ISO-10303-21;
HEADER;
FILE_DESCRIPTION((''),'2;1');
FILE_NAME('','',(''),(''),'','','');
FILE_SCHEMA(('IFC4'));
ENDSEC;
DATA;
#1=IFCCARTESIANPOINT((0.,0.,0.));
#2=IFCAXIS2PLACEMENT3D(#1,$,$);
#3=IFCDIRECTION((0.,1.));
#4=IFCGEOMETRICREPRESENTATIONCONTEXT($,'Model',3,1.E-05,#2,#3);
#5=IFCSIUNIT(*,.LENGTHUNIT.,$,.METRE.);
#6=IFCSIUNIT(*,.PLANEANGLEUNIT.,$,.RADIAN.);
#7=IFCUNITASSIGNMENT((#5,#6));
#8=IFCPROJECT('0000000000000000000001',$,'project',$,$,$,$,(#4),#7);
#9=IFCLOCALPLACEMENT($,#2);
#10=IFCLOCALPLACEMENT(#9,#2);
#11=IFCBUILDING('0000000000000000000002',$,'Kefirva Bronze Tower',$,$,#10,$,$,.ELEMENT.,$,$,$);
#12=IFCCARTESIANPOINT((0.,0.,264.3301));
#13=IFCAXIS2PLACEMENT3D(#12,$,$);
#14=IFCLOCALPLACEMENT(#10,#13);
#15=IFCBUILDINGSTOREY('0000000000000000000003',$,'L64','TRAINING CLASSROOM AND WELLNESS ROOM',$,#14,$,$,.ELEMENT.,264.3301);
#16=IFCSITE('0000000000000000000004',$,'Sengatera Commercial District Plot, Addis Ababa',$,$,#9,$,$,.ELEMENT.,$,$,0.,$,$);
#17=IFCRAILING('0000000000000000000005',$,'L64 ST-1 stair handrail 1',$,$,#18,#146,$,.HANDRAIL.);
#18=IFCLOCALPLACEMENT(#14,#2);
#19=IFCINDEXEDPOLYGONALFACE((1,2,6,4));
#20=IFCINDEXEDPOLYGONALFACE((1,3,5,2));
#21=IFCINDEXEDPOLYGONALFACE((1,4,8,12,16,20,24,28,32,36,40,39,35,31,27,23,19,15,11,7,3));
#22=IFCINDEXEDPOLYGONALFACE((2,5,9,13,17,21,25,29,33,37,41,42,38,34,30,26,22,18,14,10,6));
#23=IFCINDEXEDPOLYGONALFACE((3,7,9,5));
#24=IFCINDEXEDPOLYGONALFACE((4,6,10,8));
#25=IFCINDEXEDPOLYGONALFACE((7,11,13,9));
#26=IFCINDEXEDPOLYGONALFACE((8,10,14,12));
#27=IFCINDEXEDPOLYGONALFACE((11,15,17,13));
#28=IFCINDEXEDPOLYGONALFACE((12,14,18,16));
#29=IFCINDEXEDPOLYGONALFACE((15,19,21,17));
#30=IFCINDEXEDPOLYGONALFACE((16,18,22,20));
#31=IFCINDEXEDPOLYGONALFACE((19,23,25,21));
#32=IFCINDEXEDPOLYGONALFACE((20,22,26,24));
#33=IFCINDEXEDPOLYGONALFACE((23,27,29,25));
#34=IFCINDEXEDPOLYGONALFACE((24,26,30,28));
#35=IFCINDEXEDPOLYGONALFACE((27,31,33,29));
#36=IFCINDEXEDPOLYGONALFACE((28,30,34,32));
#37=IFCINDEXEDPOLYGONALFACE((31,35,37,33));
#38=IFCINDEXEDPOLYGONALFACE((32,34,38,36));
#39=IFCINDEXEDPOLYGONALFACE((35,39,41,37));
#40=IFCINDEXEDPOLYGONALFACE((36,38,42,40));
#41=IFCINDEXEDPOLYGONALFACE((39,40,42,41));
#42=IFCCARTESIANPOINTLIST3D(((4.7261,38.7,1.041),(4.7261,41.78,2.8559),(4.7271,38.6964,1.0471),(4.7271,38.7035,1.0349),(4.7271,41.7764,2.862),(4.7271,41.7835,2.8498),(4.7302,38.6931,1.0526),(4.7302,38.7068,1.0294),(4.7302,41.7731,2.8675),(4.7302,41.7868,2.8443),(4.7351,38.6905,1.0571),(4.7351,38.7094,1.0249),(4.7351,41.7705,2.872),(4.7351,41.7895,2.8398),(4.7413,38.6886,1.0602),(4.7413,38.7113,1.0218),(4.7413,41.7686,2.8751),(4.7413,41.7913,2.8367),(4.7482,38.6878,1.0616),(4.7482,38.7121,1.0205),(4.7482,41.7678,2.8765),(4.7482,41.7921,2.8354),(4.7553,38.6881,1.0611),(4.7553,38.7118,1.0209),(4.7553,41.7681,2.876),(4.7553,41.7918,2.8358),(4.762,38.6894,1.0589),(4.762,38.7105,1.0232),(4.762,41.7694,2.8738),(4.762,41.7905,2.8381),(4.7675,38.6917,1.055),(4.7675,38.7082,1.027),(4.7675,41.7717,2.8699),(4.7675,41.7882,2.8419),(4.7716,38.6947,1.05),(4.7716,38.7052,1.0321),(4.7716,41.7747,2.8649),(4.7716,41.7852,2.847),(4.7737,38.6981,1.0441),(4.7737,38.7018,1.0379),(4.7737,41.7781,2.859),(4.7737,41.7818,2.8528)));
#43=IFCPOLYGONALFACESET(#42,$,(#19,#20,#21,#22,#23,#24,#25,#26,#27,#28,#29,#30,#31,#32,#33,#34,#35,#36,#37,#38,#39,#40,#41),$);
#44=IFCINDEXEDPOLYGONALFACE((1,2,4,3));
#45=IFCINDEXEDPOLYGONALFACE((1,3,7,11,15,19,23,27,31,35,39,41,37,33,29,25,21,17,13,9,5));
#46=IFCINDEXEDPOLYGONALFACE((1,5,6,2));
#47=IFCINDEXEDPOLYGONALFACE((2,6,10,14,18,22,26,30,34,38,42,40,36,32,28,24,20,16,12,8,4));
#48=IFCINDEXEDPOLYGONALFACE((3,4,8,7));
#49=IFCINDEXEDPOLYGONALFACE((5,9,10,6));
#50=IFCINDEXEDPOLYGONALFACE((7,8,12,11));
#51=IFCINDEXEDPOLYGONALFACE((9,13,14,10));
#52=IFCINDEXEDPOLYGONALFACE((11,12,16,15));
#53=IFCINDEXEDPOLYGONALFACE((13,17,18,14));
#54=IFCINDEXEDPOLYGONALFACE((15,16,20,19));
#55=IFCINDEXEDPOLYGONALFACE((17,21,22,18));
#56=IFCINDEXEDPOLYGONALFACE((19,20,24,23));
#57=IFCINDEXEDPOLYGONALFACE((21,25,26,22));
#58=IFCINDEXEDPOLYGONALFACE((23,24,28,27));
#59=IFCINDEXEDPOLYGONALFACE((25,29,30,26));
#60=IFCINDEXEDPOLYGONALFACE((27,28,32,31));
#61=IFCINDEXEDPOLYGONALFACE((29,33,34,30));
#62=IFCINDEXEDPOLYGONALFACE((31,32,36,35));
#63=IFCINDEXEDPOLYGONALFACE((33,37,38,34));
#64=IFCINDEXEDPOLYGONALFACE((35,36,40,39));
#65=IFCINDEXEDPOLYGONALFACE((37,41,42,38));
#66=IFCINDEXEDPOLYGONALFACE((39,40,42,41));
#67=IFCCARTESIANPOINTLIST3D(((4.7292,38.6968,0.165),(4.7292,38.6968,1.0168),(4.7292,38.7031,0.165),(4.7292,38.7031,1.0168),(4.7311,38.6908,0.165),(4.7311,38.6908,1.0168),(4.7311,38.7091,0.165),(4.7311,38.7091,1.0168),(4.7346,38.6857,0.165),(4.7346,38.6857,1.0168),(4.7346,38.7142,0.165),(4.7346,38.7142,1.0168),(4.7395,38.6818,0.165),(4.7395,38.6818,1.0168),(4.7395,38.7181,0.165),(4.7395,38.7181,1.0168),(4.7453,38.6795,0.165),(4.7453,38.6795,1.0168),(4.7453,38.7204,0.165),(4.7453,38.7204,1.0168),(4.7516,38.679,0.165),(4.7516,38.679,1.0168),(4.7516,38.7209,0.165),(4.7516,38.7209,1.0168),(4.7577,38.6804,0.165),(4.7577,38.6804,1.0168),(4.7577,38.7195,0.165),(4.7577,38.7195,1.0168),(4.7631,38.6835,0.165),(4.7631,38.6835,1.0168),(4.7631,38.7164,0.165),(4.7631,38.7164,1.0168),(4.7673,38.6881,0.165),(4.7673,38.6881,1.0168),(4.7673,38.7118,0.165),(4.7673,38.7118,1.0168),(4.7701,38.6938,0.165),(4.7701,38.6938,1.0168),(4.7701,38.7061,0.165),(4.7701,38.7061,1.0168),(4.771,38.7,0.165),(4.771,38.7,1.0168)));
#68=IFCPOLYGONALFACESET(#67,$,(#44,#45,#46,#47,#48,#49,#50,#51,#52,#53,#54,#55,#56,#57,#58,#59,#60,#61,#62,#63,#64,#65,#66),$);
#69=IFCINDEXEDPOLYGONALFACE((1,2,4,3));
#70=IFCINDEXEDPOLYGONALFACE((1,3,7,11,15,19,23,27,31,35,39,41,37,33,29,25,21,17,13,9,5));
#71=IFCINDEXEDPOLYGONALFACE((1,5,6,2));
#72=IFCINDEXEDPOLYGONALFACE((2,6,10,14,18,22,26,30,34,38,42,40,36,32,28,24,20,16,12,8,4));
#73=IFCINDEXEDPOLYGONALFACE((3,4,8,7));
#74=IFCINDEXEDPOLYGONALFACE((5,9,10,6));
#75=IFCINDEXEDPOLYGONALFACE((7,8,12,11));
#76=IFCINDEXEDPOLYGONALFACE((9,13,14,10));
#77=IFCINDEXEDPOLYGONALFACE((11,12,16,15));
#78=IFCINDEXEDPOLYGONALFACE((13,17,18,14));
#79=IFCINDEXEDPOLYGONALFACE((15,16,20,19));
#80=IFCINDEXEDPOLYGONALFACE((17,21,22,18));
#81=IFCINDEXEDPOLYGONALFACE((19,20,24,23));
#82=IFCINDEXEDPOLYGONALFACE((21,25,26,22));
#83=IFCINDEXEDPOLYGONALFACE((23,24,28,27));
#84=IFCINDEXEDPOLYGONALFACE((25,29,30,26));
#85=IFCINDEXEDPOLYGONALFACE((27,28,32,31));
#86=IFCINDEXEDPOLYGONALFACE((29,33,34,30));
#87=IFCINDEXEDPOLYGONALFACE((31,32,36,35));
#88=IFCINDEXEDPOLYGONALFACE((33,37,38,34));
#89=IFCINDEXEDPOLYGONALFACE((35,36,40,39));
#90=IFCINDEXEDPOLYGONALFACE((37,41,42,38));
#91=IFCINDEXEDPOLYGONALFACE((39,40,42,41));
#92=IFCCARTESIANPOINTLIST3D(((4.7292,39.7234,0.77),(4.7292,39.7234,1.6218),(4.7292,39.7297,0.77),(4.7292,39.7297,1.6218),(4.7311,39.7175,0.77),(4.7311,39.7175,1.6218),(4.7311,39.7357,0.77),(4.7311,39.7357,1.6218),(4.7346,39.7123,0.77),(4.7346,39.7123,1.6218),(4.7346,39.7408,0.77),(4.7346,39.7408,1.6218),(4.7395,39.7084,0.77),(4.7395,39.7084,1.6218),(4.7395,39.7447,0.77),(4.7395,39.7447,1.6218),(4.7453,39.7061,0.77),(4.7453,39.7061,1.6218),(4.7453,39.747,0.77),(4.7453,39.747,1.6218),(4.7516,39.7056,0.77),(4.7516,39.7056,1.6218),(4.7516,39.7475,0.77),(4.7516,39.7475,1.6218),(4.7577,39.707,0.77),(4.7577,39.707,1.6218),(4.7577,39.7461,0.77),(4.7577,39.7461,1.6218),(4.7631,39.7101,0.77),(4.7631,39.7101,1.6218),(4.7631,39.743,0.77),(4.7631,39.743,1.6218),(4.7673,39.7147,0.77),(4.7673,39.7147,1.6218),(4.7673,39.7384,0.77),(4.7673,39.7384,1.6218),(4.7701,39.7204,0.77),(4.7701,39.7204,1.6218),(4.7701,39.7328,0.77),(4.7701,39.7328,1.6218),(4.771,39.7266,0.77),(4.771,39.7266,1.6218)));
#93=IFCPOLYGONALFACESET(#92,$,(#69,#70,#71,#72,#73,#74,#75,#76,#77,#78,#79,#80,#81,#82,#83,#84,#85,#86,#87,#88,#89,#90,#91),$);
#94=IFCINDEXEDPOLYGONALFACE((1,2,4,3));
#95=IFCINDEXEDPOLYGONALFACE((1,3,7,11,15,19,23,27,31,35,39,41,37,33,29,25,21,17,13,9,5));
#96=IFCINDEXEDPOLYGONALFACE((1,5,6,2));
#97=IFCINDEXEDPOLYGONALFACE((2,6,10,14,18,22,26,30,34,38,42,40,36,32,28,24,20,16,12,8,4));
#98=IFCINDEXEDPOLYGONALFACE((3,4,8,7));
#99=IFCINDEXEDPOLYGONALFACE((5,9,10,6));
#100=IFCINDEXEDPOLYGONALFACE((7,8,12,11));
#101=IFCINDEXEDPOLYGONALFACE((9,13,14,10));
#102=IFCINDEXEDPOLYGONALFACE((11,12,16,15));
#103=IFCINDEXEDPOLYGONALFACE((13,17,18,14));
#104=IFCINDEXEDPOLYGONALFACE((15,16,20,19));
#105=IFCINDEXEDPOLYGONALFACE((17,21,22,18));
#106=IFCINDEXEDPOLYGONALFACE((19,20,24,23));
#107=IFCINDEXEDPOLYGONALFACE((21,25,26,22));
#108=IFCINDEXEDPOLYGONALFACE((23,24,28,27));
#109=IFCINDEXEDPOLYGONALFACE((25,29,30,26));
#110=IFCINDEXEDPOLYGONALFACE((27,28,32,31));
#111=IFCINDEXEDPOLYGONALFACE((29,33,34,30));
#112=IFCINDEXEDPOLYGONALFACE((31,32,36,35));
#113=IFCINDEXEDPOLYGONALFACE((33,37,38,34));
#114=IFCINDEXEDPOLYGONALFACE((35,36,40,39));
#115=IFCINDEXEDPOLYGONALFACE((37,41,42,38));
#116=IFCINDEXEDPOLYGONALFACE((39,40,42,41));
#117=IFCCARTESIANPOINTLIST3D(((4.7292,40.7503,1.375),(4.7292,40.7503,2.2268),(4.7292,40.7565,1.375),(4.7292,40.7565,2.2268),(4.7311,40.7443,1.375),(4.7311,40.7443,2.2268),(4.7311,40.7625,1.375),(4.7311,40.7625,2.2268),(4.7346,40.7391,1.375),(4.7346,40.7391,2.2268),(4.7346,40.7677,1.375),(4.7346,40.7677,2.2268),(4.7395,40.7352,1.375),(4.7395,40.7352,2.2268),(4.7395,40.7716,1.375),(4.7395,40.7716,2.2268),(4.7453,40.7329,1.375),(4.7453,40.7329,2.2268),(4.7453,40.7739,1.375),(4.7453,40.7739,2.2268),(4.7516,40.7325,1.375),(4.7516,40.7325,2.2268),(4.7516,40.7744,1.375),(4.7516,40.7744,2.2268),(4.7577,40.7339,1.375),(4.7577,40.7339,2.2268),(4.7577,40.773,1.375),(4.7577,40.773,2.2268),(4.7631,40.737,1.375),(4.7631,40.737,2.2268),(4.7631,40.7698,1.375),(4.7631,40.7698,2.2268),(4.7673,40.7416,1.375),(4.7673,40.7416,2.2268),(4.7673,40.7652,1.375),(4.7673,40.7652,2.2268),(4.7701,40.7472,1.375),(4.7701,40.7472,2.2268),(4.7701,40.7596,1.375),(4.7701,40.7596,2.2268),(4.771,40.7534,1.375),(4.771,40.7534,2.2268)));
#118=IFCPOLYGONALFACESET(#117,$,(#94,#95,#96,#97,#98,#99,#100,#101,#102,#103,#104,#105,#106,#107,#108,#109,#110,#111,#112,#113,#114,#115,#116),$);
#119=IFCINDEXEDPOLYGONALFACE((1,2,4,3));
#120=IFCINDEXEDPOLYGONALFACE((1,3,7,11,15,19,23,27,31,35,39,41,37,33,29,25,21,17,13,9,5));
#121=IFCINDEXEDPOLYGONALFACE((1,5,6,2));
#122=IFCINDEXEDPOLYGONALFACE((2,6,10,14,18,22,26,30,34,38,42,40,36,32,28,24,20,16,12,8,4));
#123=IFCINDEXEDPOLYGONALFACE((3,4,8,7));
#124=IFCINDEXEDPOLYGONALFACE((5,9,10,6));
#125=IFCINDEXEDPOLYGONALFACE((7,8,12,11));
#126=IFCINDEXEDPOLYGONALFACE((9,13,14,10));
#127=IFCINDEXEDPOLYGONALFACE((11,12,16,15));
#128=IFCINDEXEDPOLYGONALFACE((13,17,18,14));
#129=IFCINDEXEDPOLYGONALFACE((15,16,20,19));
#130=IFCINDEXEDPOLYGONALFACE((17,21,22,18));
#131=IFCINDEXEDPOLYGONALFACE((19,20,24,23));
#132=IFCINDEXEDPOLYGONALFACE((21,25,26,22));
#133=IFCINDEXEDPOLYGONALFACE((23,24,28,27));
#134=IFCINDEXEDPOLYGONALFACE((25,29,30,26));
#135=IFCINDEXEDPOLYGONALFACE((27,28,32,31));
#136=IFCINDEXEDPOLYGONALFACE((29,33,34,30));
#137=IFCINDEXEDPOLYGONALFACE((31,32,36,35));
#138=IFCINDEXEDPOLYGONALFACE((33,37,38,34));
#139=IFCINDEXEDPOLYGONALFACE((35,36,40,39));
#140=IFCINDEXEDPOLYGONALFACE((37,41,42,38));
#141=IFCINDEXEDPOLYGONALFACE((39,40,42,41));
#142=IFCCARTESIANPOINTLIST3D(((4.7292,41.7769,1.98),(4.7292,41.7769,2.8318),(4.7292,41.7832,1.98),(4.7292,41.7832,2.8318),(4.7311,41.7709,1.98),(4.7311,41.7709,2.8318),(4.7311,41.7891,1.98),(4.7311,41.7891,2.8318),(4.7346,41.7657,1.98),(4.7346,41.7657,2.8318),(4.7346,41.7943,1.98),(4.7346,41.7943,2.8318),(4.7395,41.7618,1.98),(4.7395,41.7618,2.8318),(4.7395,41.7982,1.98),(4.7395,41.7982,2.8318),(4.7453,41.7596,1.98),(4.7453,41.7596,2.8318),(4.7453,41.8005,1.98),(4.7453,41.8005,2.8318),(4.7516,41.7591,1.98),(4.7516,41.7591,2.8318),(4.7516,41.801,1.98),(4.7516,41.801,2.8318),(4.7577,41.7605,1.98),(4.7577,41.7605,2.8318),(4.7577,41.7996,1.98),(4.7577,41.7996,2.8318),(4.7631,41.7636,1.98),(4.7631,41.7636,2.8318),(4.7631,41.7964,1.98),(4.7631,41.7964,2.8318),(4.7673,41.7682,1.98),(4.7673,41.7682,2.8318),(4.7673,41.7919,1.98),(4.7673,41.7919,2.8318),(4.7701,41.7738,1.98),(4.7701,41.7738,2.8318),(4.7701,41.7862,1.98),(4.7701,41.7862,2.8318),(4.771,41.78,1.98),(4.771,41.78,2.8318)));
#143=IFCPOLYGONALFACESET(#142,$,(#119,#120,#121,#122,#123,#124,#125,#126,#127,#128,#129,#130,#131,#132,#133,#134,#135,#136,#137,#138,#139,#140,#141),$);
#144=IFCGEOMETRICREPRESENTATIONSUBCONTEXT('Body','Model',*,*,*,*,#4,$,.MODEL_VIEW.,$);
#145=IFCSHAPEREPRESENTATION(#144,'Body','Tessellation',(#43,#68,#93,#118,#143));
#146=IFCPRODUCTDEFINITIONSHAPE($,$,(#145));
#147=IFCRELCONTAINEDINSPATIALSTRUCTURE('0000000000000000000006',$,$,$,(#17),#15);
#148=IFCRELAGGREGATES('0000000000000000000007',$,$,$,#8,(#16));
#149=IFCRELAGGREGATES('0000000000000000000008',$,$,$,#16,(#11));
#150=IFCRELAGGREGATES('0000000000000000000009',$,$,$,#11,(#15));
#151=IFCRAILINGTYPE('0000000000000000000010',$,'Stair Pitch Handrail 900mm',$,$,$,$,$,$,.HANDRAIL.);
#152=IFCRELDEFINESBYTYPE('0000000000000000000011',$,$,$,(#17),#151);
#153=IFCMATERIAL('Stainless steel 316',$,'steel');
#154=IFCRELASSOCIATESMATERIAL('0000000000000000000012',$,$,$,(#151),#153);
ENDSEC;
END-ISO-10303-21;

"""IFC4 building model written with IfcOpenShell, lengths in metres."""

from ifc_helpers import new_model, si_unit, direction, frame, origin, origin_2d, place, context, subcontext, project, spatial, circle, extrude, material, type_object, element, save


model = new_model("IFC4")

# Units and contexts
model_context = context("Model", 3, precision=1e-05, world=origin(), true_north=direction((0.0, 1.0)))
body_context = subcontext(model_context, "Body", "Model", "MODEL_VIEW")
ifc_project = project(units=[si_unit("LENGTHUNIT", "METRE"), si_unit("PLANEANGLEUNIT", "RADIAN")], contexts=[model_context])

# Site, building, storey
site_placement = place(None, origin())
site = spatial("IfcSite", under=ifc_project, at=site_placement, Name="Sengatera Commercial District Plot, Addis Ababa", CompositionType="ELEMENT", RefElevation=0.0)
building_placement = place(site_placement, origin())
building = spatial("IfcBuilding", under=site, at=building_placement, Name="Kefirva Bronze Tower", CompositionType="ELEMENT")
storey_placement = place(building_placement, frame((0.0, 0.0, 264.3301)))
storey = spatial("IfcBuildingStorey", under=building, at=storey_placement, Name="L64", Description="TRAINING CLASSROOM AND WELLNESS ROOM", CompositionType="ELEMENT", Elevation=264.3301)

# Railing
ifc_material_1 = material(Name="Stainless steel 316", Category="steel")
railing_type_1 = type_object("IfcRailingType", Name="Stair Pitch Handrail 900mm", PredefinedType="HANDRAIL", material=ifc_material_1)
railing_1_placement = place(storey_placement, frame((4.75, 38.7, 0.165)))
element("IfcRailing", 1, at=railing_1_placement, inside=storey, type_object=railing_type_1, Name="L64 ST-1 stair handrail 1", PredefinedType="HANDRAIL", context=body_context, shape_type="SweptSolid", body=[
    extrude(circle(Radius=0.0239, at=origin_2d()), frame((0.0, 0.0, 0.876), z_axis=(0.0, 0.861551, 0.507671), x_axis=(-1.0, 0.0, 0.0)), (0.0, 0.0, 1.0), 3.575),
    extrude(circle(Radius=0.021, at=origin_2d()), origin(), (0.0, 0.0, 1.0), 0.8518),
    extrude(circle(Radius=0.021, at=origin_2d()), frame((0.0, 1.0266, 0.605)), (0.0, 0.0, 1.0), 0.8518),
    extrude(circle(Radius=0.021, at=origin_2d()), frame((0.0, 2.0535, 1.21)), (0.0, 0.0, 1.0), 0.8518),
    extrude(circle(Radius=0.021, at=origin_2d()), frame((0.0, 3.0801, 1.8149)), (0.0, 0.0, 1.0), 0.8518),
])

save(model, "model.ifc")
